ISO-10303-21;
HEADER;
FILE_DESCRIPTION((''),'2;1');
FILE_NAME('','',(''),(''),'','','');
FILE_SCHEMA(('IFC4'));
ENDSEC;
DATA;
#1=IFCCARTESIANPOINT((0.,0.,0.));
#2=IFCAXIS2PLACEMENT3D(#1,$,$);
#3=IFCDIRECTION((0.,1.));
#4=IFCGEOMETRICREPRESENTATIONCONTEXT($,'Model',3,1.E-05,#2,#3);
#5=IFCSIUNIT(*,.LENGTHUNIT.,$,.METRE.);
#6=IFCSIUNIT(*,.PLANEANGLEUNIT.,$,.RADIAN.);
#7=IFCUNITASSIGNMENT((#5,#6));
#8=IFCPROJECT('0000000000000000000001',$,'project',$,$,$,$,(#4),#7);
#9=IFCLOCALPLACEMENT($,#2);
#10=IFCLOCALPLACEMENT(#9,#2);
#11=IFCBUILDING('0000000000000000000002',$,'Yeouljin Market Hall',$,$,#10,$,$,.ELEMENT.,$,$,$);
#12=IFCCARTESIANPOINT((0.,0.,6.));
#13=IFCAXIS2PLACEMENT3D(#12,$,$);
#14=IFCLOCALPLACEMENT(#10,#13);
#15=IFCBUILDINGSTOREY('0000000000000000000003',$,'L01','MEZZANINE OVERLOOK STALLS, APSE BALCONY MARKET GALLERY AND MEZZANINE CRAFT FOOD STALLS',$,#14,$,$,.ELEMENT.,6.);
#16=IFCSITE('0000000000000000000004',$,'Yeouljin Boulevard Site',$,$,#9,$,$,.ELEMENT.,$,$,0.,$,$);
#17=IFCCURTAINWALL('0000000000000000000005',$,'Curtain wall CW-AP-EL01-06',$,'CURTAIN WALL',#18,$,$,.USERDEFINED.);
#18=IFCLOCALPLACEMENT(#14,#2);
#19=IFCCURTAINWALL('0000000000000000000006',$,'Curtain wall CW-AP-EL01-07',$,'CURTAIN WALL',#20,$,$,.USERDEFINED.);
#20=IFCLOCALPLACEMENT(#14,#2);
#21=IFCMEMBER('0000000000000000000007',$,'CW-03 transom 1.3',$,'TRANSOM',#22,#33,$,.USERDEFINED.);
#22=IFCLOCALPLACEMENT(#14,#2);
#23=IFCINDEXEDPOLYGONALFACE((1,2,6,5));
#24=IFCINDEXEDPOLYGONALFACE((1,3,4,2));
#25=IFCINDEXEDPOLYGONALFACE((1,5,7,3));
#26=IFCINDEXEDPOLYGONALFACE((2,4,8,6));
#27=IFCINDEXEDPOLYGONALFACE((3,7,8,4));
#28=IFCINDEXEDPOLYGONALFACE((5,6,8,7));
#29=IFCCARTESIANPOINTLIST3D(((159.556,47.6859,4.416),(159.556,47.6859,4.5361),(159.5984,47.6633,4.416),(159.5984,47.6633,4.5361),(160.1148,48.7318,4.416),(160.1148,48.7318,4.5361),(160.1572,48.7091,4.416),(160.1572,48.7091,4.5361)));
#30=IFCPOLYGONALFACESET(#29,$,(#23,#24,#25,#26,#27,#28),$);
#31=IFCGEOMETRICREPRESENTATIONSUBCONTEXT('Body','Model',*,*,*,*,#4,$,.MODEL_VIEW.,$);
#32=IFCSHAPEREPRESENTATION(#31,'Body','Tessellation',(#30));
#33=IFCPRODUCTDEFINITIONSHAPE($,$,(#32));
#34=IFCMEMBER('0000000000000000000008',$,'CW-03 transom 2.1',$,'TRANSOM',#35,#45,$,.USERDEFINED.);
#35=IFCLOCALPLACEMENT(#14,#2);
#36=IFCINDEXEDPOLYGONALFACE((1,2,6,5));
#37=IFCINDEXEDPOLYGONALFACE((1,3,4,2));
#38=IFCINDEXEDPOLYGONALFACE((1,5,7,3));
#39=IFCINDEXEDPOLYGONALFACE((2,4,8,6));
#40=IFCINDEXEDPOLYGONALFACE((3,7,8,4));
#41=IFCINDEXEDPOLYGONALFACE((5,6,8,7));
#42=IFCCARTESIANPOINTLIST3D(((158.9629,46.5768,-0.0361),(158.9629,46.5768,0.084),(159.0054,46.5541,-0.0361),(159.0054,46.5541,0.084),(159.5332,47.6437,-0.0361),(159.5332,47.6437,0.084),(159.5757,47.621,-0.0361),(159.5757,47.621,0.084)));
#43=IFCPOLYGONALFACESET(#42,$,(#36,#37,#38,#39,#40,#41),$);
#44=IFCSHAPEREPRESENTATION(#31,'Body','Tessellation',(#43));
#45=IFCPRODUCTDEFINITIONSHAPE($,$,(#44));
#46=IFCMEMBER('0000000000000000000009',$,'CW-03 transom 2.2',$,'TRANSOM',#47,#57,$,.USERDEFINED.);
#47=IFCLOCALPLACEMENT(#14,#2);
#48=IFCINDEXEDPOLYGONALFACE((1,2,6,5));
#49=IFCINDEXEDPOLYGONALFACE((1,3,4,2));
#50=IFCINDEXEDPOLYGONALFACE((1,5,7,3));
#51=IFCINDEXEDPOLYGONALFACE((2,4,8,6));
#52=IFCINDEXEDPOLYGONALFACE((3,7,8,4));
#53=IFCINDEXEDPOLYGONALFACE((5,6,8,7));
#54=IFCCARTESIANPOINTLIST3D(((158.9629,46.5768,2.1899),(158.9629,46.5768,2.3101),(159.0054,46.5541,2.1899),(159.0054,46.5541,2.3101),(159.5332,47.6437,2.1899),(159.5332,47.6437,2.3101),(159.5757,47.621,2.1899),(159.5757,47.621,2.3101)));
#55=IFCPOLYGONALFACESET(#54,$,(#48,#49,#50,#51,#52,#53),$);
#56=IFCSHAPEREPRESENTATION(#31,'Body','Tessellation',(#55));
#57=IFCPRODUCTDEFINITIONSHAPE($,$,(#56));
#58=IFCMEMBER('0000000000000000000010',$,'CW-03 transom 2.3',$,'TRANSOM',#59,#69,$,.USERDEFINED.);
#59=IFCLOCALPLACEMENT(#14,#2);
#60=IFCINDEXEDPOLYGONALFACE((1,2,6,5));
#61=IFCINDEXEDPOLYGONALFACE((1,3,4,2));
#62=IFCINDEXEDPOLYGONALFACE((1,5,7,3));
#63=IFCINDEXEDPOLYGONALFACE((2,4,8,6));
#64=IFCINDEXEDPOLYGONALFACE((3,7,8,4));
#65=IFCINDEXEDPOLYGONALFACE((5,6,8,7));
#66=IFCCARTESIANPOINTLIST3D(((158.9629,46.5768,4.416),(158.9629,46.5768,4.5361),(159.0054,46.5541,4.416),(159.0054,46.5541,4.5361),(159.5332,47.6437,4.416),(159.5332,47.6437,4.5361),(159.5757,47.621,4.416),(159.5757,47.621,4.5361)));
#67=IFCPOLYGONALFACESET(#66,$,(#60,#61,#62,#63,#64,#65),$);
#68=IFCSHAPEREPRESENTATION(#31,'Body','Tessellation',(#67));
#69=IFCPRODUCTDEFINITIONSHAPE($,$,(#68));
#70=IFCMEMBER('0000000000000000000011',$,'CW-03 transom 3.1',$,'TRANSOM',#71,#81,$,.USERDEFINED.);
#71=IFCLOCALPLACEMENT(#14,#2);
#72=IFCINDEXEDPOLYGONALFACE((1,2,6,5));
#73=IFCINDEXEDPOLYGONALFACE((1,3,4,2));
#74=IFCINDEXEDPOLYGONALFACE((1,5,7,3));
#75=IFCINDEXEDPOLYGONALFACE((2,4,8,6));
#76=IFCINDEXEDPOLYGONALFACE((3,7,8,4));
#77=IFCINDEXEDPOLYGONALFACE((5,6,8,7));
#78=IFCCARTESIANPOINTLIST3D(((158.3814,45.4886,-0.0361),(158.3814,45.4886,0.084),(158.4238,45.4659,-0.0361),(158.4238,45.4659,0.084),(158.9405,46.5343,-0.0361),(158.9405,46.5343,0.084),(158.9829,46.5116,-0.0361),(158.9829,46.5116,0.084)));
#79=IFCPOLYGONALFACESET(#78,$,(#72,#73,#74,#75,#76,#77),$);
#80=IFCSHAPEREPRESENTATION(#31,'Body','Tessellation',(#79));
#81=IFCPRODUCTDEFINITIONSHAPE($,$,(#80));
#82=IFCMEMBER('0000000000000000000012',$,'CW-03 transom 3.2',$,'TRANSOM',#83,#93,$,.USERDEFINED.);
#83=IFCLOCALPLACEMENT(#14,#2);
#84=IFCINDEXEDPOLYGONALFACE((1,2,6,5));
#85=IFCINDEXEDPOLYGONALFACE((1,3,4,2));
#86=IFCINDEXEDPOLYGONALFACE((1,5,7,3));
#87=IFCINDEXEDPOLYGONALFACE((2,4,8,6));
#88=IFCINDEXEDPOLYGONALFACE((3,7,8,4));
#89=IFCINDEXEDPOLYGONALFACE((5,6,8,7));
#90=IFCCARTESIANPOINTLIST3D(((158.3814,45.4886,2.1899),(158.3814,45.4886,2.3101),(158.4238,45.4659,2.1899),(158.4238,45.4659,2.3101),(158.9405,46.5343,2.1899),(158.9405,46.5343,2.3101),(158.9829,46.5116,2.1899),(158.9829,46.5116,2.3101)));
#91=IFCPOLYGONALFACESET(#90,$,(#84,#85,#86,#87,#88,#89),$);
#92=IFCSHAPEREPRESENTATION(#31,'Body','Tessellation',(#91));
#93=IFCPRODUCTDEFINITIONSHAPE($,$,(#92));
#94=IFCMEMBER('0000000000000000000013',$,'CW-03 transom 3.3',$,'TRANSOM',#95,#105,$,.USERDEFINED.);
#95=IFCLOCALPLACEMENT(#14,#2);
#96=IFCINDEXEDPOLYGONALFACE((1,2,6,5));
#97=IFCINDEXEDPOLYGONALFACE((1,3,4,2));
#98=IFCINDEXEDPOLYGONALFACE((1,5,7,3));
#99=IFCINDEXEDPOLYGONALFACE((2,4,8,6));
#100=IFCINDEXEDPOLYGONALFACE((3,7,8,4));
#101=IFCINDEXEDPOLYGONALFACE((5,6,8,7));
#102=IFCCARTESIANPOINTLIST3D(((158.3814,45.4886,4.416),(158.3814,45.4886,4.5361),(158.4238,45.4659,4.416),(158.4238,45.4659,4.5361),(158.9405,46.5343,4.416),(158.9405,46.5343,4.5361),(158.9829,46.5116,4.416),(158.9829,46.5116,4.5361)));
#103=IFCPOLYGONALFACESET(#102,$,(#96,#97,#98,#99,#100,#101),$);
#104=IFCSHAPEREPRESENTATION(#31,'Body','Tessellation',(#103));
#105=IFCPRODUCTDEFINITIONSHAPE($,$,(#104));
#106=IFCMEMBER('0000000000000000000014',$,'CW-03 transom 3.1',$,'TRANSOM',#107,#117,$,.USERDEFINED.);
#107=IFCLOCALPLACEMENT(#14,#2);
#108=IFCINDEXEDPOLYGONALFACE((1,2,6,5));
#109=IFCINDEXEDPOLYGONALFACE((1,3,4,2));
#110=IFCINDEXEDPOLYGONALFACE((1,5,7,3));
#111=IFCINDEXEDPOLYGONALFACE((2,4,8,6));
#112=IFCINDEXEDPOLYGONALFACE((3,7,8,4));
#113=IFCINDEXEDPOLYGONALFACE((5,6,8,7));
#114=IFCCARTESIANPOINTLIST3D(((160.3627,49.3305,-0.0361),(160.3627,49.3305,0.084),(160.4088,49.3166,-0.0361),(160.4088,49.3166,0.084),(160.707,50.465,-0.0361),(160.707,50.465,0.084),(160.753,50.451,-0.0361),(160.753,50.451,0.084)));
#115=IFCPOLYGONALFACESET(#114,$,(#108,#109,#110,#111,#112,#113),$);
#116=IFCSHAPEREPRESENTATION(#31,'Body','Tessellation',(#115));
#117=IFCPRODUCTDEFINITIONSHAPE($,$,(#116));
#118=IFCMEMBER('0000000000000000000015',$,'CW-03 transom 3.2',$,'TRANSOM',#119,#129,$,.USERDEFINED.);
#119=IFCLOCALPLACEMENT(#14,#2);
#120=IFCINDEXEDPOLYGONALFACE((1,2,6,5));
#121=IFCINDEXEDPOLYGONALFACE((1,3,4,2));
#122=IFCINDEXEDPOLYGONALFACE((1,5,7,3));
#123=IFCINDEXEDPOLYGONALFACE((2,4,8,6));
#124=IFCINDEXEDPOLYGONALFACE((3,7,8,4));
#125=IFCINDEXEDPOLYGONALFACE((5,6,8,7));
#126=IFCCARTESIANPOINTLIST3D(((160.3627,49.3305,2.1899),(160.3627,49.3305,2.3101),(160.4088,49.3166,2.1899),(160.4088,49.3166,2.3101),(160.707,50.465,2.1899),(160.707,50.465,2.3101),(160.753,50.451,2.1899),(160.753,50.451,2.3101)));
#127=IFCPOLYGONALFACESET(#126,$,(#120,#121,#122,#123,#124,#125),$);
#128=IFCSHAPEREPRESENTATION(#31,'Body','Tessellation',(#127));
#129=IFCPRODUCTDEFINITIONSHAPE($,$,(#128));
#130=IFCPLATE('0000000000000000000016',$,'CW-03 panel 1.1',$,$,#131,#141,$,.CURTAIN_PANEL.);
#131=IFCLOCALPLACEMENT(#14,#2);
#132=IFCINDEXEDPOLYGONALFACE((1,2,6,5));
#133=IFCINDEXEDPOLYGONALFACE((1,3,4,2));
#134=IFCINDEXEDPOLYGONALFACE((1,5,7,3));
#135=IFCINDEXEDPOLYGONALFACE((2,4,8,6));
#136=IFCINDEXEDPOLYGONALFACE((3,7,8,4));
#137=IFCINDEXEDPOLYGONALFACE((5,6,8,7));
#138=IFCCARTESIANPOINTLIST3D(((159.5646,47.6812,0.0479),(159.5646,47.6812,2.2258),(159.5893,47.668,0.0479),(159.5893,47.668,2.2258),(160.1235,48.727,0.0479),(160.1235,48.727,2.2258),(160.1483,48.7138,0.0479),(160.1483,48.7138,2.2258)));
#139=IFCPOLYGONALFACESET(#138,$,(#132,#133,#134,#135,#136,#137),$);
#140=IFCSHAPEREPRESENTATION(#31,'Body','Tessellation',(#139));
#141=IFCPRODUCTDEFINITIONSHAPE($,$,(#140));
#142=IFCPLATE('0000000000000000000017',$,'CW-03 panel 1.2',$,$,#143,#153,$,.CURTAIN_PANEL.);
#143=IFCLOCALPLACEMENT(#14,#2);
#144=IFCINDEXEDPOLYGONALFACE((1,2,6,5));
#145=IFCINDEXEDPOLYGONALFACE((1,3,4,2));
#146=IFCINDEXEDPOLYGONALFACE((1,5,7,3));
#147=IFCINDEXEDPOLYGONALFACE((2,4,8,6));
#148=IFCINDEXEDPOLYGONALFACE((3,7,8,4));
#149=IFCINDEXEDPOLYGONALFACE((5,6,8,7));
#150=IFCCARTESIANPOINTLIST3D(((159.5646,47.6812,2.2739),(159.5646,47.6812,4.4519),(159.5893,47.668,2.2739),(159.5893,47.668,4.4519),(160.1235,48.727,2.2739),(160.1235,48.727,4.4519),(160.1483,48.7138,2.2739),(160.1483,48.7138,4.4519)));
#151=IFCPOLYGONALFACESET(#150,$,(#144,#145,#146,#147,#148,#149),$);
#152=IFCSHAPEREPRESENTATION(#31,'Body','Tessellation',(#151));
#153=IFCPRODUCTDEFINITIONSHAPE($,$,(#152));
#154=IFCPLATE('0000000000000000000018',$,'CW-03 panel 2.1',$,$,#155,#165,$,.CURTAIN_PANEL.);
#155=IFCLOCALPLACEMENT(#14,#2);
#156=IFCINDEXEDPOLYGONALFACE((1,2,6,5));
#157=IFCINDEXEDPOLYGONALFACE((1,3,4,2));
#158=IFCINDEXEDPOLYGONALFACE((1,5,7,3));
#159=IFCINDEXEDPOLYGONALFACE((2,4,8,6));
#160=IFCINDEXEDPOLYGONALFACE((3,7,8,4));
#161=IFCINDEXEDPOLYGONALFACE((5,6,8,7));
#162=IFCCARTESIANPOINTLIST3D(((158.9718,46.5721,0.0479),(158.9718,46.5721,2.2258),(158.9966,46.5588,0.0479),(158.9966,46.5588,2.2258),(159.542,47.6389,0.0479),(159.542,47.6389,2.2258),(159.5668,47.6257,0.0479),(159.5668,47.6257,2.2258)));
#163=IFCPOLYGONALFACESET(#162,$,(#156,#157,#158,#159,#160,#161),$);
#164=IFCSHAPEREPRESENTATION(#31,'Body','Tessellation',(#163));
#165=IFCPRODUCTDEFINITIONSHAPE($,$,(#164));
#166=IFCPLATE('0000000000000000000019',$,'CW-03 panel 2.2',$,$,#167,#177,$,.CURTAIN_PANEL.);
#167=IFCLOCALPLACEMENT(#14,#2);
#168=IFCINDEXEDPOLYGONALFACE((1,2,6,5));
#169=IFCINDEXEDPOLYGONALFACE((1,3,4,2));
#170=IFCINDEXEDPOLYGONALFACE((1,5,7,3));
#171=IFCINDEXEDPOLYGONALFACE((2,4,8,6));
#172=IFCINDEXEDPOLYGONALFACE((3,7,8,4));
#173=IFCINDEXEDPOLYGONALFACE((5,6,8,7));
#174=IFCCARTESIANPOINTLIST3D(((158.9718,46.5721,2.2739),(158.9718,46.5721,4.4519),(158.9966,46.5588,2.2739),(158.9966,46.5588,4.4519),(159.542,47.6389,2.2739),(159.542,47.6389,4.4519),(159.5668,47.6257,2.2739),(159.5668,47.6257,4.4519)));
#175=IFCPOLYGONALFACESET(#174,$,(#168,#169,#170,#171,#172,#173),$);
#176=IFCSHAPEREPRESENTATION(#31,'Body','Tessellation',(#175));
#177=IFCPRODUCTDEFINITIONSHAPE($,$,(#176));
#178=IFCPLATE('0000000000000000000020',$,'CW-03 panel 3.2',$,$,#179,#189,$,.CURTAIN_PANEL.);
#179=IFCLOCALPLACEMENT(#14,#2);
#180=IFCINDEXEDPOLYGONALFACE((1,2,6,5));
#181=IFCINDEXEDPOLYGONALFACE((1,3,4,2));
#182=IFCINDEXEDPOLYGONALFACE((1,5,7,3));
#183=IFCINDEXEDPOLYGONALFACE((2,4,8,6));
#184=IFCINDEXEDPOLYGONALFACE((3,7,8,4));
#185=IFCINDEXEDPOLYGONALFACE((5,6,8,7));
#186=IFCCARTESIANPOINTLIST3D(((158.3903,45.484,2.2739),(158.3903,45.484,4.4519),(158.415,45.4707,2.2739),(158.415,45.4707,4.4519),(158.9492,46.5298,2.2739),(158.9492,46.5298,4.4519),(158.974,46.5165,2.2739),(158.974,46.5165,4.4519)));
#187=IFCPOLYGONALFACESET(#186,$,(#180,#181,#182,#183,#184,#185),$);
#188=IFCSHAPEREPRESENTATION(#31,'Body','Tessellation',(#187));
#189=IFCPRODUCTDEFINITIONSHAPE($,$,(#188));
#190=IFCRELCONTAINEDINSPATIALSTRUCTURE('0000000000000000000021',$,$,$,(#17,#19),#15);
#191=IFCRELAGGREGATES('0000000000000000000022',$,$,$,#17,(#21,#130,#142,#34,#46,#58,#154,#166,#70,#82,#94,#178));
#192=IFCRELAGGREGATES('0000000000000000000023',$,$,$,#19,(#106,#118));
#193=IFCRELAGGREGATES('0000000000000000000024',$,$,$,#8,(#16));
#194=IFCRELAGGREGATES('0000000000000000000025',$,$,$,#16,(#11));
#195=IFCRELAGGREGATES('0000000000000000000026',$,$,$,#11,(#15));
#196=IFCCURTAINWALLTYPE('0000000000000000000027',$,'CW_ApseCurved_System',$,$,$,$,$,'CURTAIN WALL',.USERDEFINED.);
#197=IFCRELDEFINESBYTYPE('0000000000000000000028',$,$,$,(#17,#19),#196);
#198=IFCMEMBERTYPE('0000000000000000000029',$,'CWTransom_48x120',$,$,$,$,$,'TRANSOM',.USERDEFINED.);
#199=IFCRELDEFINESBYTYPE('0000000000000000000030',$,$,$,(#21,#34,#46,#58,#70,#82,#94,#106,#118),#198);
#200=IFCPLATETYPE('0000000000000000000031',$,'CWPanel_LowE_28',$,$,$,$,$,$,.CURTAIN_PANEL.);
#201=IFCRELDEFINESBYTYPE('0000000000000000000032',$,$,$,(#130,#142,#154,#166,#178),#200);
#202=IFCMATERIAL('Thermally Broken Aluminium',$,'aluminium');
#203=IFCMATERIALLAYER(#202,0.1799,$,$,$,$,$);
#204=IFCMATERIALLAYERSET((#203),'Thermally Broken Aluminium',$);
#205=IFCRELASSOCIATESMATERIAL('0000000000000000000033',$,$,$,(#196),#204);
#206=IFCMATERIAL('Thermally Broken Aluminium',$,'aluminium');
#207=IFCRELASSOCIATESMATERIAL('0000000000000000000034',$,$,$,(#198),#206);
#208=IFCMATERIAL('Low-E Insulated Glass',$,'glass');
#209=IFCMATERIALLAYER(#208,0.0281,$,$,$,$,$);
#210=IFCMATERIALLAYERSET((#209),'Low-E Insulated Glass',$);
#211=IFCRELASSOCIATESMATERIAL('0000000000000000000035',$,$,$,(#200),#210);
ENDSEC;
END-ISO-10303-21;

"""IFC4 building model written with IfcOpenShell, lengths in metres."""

from ifc_helpers import new_model, si_unit, direction, frame, origin, origin_2d, place, context, subcontext, project, spatial, rectangle, extrude, material, layer, layer_set, material_profile, profile_set, type_object, element, aggregate, save


model = new_model("IFC4")

# Units and contexts
model_context = context("Model", 3, precision=1e-05, world=origin(), true_north=direction((0.0, 1.0)))
body_context = subcontext(model_context, "Body", "Model", "MODEL_VIEW")
ifc_project = project(units=[si_unit("LENGTHUNIT", "METRE"), si_unit("PLANEANGLEUNIT", "RADIAN")], contexts=[model_context])

# Site, building, storey
site_placement = place(None, origin())
site = spatial("IfcSite", under=ifc_project, at=site_placement, Name="Yeouljin Boulevard Site", CompositionType="ELEMENT", RefElevation=0.0)
building_placement = place(site_placement, origin())
building = spatial("IfcBuilding", under=site, at=building_placement, Name="Yeouljin Market Hall", CompositionType="ELEMENT")
storey_placement = place(building_placement, frame((0.0, 0.0, 6.0)))
storey = spatial("IfcBuildingStorey", under=building, at=storey_placement, Name="L01", Description="MEZZANINE OVERLOOK STALLS, APSE BALCONY MARKET GALLERY AND MEZZANINE CRAFT FOOD STALLS", CompositionType="ELEMENT", Elevation=6.0)

# Curtain wall
ifc_material_1 = material(Name="Thermally Broken Aluminium", Category="aluminium")
ifc_layer_1 = layer(ifc_material_1, 0.1799)
ifc_layer_set_1 = layer_set([ifc_layer_1], Name="Thermally Broken Aluminium")
curtain_wall_type = type_object("IfcCurtainWallType", Name="CW_ApseCurved_System", ElementType="CURTAIN WALL", PredefinedType="USERDEFINED", material=ifc_layer_set_1)
curtain_wall_1_placement = place(storey_placement, origin())
curtain_wall_1 = element("IfcCurtainWall", 1, at=curtain_wall_1_placement, inside=storey, type_object=curtain_wall_type, Name="Curtain wall CW-AP-EL01-06", ObjectType="CURTAIN WALL", PredefinedType="USERDEFINED")

# Curtain wall
curtain_wall_2_placement = place(storey_placement, origin())
curtain_wall_2 = element("IfcCurtainWall", 2, at=curtain_wall_2_placement, inside=storey, type_object=curtain_wall_type, Name="Curtain wall CW-AP-EL01-07", ObjectType="CURTAIN WALL", PredefinedType="USERDEFINED")

# Members
ifc_material_2 = material(Name="Thermally Broken Aluminium", Category="aluminium")
ifc_material_profile_1 = material_profile(ifc_material_2, rectangle(XDim=0.0481, YDim=0.1201, at=origin_2d()), Name="CW-TRAN-48x120")
ifc_profile_set_1 = profile_set([ifc_material_profile_1], Name="Thermally Broken Aluminium")
member_type_1 = type_object("IfcMemberType", Name="CWTransom_48x120", ElementType="TRANSOM", PredefinedType="USERDEFINED", material=ifc_profile_set_1)
member_1_placement = place(storey_placement, frame((160.136, 48.7205, 4.4761), z_axis=(-0.471261, -0.881994, 0.0), x_axis=(0.881994, -0.471261, 0.0)))
member_1 = element("IfcMember", 3, at=member_1_placement, type_object=member_type_1, Name="CW-03 transom 1.3", ObjectType="TRANSOM", PredefinedType="USERDEFINED", context=body_context, shape_type="SweptSolid", body=[
    extrude(rectangle(XDim=0.0481, YDim=0.1201, at=origin_2d()), origin(), (0.0, 0.0, 1.0), 1.1858),
])
member_2_placement = place(storey_placement, frame((159.5544, 47.6323, 0.0239), z_axis=(-0.471426, -0.881906, 0.0), x_axis=(0.881906, -0.471426, 0.0)))
member_2 = element("IfcMember", 4, at=member_2_placement, type_object=member_type_1, Name="CW-03 transom 2.1", ObjectType="TRANSOM", PredefinedType="USERDEFINED", context=body_context, shape_type="SweptSolid", body=[
    extrude(rectangle(XDim=0.0481, YDim=0.1201, at=origin_2d()), origin(), (0.0, 0.0, 1.0), 1.2097),
])
member_3_placement = place(storey_placement, frame((159.5544, 47.6323, 2.25), z_axis=(-0.471426, -0.881906, 0.0), x_axis=(0.881906, -0.471426, 0.0)))
member_3 = element("IfcMember", 5, at=member_3_placement, type_object=member_type_1, Name="CW-03 transom 2.2", ObjectType="TRANSOM", PredefinedType="USERDEFINED", context=body_context, shape_type="SweptSolid", body=[
    extrude(rectangle(XDim=0.0481, YDim=0.1201, at=origin_2d()), origin(), (0.0, 0.0, 1.0), 1.2097),
])
member_4_placement = place(storey_placement, frame((159.5544, 47.6323, 4.4761), z_axis=(-0.471426, -0.881906, 0.0), x_axis=(0.881906, -0.471426, 0.0)))
member_4 = element("IfcMember", 6, at=member_4_placement, type_object=member_type_1, Name="CW-03 transom 2.3", ObjectType="TRANSOM", PredefinedType="USERDEFINED", context=body_context, shape_type="SweptSolid", body=[
    extrude(rectangle(XDim=0.0481, YDim=0.1201, at=origin_2d()), origin(), (0.0, 0.0, 1.0), 1.2097),
])
member_5_placement = place(storey_placement, frame((158.9617, 46.5229, 0.0239), z_axis=(-0.471507, -0.881862, 0.0), x_axis=(0.881862, -0.471507, 0.0)))
member_5 = element("IfcMember", 7, at=member_5_placement, type_object=member_type_1, Name="CW-03 transom 3.1", ObjectType="TRANSOM", PredefinedType="USERDEFINED", context=body_context, shape_type="SweptSolid", body=[
    extrude(rectangle(XDim=0.0481, YDim=0.1201, at=origin_2d()), origin(), (0.0, 0.0, 1.0), 1.1858),
])
member_6_placement = place(storey_placement, frame((158.9617, 46.5229, 2.25), z_axis=(-0.471507, -0.881862, 0.0), x_axis=(0.881862, -0.471507, 0.0)))
member_6 = element("IfcMember", 8, at=member_6_placement, type_object=member_type_1, Name="CW-03 transom 3.2", ObjectType="TRANSOM", PredefinedType="USERDEFINED", context=body_context, shape_type="SweptSolid", body=[
    extrude(rectangle(XDim=0.0481, YDim=0.1201, at=origin_2d()), origin(), (0.0, 0.0, 1.0), 1.1858),
])
member_7_placement = place(storey_placement, frame((158.9617, 46.5229, 4.4761), z_axis=(-0.471507, -0.881862, 0.0), x_axis=(0.881862, -0.471507, 0.0)))
member_7 = element("IfcMember", 9, at=member_7_placement, type_object=member_type_1, Name="CW-03 transom 3.3", ObjectType="TRANSOM", PredefinedType="USERDEFINED", context=body_context, shape_type="SweptSolid", body=[
    extrude(rectangle(XDim=0.0481, YDim=0.1201, at=origin_2d()), origin(), (0.0, 0.0, 1.0), 1.1858),
])
member_8_placement = place(storey_placement, frame((160.73, 50.458, 0.0239), z_axis=(-0.29035, -0.95692, 0.0), x_axis=(0.95692, -0.29035, 0.0)))
member_8 = element("IfcMember", 10, at=member_8_placement, type_object=member_type_1, Name="CW-03 transom 3.1", ObjectType="TRANSOM", PredefinedType="USERDEFINED", context=body_context, shape_type="SweptSolid", body=[
    extrude(rectangle(XDim=0.0481, YDim=0.1201, at=origin_2d()), origin(), (0.0, 0.0, 1.0), 1.1855),
])
member_9_placement = place(storey_placement, frame((160.73, 50.458, 2.25), z_axis=(-0.29035, -0.95692, 0.0), x_axis=(0.95692, -0.29035, 0.0)))
member_9 = element("IfcMember", 11, at=member_9_placement, type_object=member_type_1, Name="CW-03 transom 3.2", ObjectType="TRANSOM", PredefinedType="USERDEFINED", context=body_context, shape_type="SweptSolid", body=[
    extrude(rectangle(XDim=0.0481, YDim=0.1201, at=origin_2d()), origin(), (0.0, 0.0, 1.0), 1.1855),
])

# Plates
ifc_material_3 = material(Name="Low-E Insulated Glass", Category="glass")
ifc_layer_2 = layer(ifc_material_3, 0.0281)
ifc_layer_set_2 = layer_set([ifc_layer_2], Name="Low-E Insulated Glass")
plate_type = type_object("IfcPlateType", Name="CWPanel_LowE_28", PredefinedType="CURTAIN_PANEL", material=ifc_layer_set_2)
plate_1_placement = place(storey_placement, frame((159.8564, 48.1975, 0.0479), z_axis=(0.0, 0.0, 1.0), x_axis=(-0.471378, -0.881931, 0.0)))
plate_1 = element("IfcPlate", 12, at=plate_1_placement, type_object=plate_type, Name="CW-03 panel 1.1", PredefinedType="CURTAIN_PANEL", context=body_context, shape_type="SweptSolid", body=[
    extrude(rectangle(XDim=1.1858, YDim=0.0281, at=origin_2d()), origin(), (0.0, 0.0, 1.0), 2.178),
])
plate_2_placement = place(storey_placement, frame((159.8564, 48.1975, 2.2739), z_axis=(0.0, 0.0, 1.0), x_axis=(-0.471378, -0.881931, 0.0)))
plate_2 = element("IfcPlate", 13, at=plate_2_placement, type_object=plate_type, Name="CW-03 panel 1.2", PredefinedType="CURTAIN_PANEL", context=body_context, shape_type="SweptSolid", body=[
    extrude(rectangle(XDim=1.1858, YDim=0.0281, at=origin_2d()), origin(), (0.0, 0.0, 1.0), 2.178),
])
plate_3_placement = place(storey_placement, frame((159.2693, 47.0989, 0.0479), z_axis=(0.0, 0.0, 1.0), x_axis=(-0.471378, -0.881931, 0.0)))
plate_3 = element("IfcPlate", 14, at=plate_3_placement, type_object=plate_type, Name="CW-03 panel 2.1", PredefinedType="CURTAIN_PANEL", context=body_context, shape_type="SweptSolid", body=[
    extrude(rectangle(XDim=1.2097, YDim=0.0281, at=origin_2d()), origin(), (0.0, 0.0, 1.0), 2.178),
])
plate_4_placement = place(storey_placement, frame((159.2693, 47.0989, 2.2739), z_axis=(0.0, 0.0, 1.0), x_axis=(-0.471378, -0.881931, 0.0)))
plate_4 = element("IfcPlate", 15, at=plate_4_placement, type_object=plate_type, Name="CW-03 panel 2.2", PredefinedType="CURTAIN_PANEL", context=body_context, shape_type="SweptSolid", body=[
    extrude(rectangle(XDim=1.2097, YDim=0.0281, at=origin_2d()), origin(), (0.0, 0.0, 1.0), 2.178),
])
plate_5_placement = place(storey_placement, frame((158.6821, 46.0002, 2.2739), z_axis=(0.0, 0.0, 1.0), x_axis=(-0.471378, -0.881931, 0.0)))
plate_5 = element("IfcPlate", 16, at=plate_5_placement, type_object=plate_type, Name="CW-03 panel 3.2", PredefinedType="CURTAIN_PANEL", context=body_context, shape_type="SweptSolid", body=[
    extrude(rectangle(XDim=1.1858, YDim=0.0281, at=origin_2d()), origin(), (0.0, 0.0, 1.0), 2.178),
])
aggregate(curtain_wall_1, [member_1, plate_1, plate_2, member_2, member_3, member_4, plate_3, plate_4, member_5, member_6, member_7, plate_5])
aggregate(curtain_wall_2, [member_8, member_9])

save(model, "model.ifc")
